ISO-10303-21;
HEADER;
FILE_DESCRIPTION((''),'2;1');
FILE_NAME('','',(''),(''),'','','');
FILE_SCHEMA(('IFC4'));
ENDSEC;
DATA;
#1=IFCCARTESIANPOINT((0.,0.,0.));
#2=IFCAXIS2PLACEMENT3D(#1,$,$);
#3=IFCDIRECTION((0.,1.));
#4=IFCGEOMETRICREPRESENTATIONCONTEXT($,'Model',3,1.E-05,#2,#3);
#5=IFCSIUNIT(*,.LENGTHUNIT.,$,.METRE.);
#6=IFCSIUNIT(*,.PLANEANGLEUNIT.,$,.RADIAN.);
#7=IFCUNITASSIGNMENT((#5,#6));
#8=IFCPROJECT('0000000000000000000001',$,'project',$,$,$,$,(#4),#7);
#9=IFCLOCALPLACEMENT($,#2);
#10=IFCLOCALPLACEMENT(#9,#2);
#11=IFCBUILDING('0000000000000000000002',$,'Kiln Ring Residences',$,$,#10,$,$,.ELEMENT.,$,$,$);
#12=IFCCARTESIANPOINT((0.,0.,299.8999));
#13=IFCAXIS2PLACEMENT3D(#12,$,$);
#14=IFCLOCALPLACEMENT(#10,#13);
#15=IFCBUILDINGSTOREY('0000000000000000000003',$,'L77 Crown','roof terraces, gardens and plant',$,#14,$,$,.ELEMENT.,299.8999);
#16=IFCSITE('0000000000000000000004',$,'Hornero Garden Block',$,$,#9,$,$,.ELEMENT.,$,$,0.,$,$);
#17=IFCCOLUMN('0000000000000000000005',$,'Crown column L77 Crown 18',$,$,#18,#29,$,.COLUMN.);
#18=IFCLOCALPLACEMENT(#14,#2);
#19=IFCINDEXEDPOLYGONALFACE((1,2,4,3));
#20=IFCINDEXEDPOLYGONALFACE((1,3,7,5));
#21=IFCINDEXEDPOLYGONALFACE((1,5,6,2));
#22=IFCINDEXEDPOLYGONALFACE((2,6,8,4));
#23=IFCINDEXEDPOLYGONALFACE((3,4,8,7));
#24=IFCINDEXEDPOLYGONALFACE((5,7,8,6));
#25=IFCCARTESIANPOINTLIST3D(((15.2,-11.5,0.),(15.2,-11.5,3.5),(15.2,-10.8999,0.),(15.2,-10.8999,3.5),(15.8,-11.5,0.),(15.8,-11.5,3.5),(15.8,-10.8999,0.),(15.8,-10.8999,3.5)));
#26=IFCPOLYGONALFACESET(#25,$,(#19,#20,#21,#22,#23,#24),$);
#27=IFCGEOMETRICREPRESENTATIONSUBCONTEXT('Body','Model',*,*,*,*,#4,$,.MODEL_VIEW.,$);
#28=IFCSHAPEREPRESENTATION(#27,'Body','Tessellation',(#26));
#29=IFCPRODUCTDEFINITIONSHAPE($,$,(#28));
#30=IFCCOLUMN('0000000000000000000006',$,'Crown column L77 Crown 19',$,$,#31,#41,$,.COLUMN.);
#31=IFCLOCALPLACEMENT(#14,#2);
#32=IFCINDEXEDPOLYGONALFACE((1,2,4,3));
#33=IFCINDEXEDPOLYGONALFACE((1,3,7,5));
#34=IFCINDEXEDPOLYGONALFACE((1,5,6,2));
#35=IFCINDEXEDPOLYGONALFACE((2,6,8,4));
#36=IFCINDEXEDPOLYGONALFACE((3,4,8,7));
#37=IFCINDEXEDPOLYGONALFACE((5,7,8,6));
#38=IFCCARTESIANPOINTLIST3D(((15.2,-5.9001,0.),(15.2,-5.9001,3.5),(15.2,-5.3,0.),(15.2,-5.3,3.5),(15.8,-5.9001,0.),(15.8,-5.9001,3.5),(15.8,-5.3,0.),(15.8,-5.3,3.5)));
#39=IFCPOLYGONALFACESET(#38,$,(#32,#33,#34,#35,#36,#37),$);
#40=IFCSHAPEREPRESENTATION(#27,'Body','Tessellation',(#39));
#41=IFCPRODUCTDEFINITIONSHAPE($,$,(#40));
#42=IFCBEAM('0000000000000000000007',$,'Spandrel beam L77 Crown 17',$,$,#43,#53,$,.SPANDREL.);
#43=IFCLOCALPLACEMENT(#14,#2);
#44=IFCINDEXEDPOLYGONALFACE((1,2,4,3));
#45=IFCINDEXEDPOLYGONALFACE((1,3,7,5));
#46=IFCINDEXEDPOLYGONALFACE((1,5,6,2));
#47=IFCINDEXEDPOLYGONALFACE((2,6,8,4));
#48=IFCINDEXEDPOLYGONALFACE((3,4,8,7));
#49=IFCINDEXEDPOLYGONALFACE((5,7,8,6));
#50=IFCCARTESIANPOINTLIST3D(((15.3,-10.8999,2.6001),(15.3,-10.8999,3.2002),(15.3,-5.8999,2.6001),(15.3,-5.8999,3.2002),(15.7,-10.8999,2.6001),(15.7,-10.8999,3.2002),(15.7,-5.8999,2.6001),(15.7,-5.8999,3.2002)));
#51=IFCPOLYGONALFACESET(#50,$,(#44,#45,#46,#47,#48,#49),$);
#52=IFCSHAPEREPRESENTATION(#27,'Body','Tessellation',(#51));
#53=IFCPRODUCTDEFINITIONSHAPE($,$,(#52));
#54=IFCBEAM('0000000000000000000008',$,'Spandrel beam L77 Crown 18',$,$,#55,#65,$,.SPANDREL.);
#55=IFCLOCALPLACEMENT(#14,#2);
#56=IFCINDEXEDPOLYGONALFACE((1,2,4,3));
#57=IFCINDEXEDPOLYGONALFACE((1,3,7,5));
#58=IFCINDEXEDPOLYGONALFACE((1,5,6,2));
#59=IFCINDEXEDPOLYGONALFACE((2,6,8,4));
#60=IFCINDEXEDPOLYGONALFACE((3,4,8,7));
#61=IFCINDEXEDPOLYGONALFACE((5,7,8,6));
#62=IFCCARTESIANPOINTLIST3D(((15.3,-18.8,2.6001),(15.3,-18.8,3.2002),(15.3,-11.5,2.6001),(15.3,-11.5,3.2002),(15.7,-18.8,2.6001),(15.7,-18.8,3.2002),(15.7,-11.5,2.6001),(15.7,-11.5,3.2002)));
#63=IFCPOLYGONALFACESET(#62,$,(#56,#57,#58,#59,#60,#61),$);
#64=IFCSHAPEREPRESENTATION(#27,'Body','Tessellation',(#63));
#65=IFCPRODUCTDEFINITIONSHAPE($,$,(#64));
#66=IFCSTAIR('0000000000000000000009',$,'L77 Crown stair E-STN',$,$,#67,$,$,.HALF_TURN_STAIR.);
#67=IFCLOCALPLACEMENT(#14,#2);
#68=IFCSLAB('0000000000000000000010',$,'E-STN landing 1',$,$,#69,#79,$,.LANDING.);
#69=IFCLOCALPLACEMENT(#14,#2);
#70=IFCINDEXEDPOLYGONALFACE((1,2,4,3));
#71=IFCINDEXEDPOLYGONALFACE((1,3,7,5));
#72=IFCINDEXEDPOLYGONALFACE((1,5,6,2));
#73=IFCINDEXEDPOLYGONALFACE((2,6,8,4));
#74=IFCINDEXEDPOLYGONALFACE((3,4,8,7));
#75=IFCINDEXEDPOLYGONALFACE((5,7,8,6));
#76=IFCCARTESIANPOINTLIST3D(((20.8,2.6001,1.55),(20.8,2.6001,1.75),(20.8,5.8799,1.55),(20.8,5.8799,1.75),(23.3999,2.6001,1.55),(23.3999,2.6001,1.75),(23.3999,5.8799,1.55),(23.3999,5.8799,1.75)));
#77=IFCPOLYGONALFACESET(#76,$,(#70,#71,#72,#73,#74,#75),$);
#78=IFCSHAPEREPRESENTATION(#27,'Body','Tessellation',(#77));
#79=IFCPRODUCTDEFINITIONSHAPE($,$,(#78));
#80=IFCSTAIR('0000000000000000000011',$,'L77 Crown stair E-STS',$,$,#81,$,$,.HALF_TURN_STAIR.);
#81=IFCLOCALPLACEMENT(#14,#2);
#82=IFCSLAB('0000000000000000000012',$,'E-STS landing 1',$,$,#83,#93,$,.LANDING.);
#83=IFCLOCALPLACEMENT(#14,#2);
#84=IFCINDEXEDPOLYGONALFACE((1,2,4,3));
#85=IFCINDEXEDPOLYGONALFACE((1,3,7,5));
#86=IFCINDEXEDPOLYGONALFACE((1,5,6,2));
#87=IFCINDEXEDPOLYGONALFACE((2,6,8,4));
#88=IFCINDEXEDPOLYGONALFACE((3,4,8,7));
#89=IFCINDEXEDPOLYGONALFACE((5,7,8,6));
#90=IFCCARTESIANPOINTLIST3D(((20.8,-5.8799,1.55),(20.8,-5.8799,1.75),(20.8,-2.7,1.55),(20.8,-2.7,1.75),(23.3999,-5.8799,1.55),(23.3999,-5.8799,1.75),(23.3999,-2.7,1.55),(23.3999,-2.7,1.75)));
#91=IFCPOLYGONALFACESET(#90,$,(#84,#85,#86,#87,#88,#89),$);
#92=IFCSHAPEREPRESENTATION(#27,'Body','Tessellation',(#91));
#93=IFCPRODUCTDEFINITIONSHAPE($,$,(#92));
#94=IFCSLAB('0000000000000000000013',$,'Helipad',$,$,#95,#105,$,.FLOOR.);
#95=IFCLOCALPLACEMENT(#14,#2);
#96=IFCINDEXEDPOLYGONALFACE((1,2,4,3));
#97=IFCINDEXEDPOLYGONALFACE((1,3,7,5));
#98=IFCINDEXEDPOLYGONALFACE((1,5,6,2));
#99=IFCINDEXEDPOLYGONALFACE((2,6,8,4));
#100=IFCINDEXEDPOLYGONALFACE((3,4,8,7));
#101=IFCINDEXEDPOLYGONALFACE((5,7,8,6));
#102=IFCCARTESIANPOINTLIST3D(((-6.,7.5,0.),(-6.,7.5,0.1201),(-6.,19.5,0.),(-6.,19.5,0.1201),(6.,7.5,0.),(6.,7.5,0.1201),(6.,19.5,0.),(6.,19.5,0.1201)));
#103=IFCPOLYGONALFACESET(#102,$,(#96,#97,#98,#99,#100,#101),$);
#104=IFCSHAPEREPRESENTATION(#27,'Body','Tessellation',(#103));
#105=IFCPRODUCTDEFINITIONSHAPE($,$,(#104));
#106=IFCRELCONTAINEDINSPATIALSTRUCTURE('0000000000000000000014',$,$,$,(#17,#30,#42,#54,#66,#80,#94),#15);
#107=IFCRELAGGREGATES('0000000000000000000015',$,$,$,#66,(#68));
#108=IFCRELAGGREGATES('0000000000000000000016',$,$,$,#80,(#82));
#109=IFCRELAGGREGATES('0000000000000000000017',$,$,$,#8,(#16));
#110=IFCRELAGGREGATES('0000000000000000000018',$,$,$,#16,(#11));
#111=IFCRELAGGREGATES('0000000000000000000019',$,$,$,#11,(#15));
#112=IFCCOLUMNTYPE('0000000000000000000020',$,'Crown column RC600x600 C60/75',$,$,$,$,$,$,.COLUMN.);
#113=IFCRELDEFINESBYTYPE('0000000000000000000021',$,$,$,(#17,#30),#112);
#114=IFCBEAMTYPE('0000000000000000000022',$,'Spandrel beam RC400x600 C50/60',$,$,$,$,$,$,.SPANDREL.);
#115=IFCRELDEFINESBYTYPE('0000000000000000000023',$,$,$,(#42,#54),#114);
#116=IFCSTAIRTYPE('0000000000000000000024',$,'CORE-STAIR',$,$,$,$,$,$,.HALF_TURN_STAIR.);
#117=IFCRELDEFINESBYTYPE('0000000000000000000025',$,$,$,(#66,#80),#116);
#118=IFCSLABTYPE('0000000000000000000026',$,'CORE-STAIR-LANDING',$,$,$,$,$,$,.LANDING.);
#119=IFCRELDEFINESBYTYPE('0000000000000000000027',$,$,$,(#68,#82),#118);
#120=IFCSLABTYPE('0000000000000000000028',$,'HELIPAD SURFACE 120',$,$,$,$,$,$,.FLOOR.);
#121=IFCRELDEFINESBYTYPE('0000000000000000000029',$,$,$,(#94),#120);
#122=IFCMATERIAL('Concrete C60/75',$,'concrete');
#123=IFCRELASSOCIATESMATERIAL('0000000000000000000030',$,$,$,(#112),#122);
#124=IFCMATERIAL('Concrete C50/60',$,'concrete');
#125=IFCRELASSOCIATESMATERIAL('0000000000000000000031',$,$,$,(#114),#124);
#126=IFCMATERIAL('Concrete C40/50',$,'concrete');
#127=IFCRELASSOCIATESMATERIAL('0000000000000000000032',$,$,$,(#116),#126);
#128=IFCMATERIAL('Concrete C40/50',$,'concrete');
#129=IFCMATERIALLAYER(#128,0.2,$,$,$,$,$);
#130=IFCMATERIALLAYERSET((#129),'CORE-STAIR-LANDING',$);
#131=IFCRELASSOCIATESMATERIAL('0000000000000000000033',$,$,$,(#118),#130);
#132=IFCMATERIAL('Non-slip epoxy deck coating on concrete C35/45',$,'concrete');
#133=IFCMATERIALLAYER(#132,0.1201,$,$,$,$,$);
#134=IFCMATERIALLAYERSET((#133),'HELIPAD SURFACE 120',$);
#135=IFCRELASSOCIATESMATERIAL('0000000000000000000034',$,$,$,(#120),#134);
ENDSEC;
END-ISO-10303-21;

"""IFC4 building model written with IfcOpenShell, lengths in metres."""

from ifc_helpers import new_model, si_unit, direction, frame, origin, origin_2d, place, context, subcontext, project, spatial, polyline, rectangle, outline, extrude, material, layer, layer_set, material_profile, profile_set, type_object, element, aggregate, save


model = new_model("IFC4")

# Units and contexts
model_context = context("Model", 3, precision=1e-05, world=origin(), true_north=direction((0.0, 1.0)))
body_context = subcontext(model_context, "Body", "Model", "MODEL_VIEW")
ifc_project = project(units=[si_unit("LENGTHUNIT", "METRE"), si_unit("PLANEANGLEUNIT", "RADIAN")], contexts=[model_context])

# Site, building, storey
site_placement = place(None, origin())
site = spatial("IfcSite", under=ifc_project, at=site_placement, Name="Hornero Garden Block", CompositionType="ELEMENT", RefElevation=0.0)
building_placement = place(site_placement, origin())
building = spatial("IfcBuilding", under=site, at=building_placement, Name="Kiln Ring Residences", CompositionType="ELEMENT")
storey_placement = place(building_placement, frame((0.0, 0.0, 299.8999)))
storey = spatial("IfcBuildingStorey", under=building, at=storey_placement, Name="L77 Crown", Description="roof terraces, gardens and plant", CompositionType="ELEMENT", Elevation=299.8999)

# Columns
ifc_material_1 = material(Name="Concrete C60/75", Category="concrete")
ifc_material_profile_1 = material_profile(ifc_material_1, rectangle(XDim=0.6001, YDim=0.6001, at=origin_2d()), Name="RC600x600")
ifc_profile_set_1 = profile_set([ifc_material_profile_1], Name="Concrete C60/75")
column_type = type_object("IfcColumnType", Name="Crown column RC600x600 C60/75", PredefinedType="COLUMN", material=ifc_profile_set_1)
for number, where, z_axis, x_axis, name in (
    (1, (15.5, -11.2, 0.0), (0.0, 0.0, 1.0), (1.0, 0.0, 0.0), "Crown column L77 Crown 18"),
    (2, (15.5, -5.6001, 0.0), (0.0, 0.0, 1.0), (1.0, 0.0, 0.0), "Crown column L77 Crown 19"),
):
    element("IfcColumn", number, at=place(storey_placement, frame(where, z_axis=z_axis, x_axis=x_axis)), inside=storey, type_object=column_type, Name=name, PredefinedType="COLUMN", context=body_context, shape_type="SweptSolid", body=[
        extrude(rectangle(XDim=0.6001, YDim=0.6001, at=origin_2d()), origin(), (0.0, 0.0, 1.0), 3.5),
    ])

# Beams
ifc_material_2 = material(Name="Concrete C50/60", Category="concrete")
ifc_material_profile_2 = material_profile(ifc_material_2, rectangle(XDim=0.3999, YDim=0.6001, at=origin_2d()), Name="RC400x600")
ifc_profile_set_2 = profile_set([ifc_material_profile_2], Name="Concrete C50/60")
beam_type = type_object("IfcBeamType", Name="Spandrel beam RC400x600 C50/60", PredefinedType="SPANDREL", material=ifc_profile_set_2)
beam_1_placement = place(storey_placement, frame((15.5, -5.8999, 2.9001), z_axis=(0.0, -1.0, 0.0), x_axis=(1.0, 0.0, 0.0)))
element("IfcBeam", 3, at=beam_1_placement, inside=storey, type_object=beam_type, Name="Spandrel beam L77 Crown 17", PredefinedType="SPANDREL", context=body_context, shape_type="SweptSolid", body=[
    extrude(rectangle(XDim=0.3999, YDim=0.6001, at=origin_2d()), origin(), (0.0, 0.0, 1.0), 5.0),
])
beam_2_placement = place(storey_placement, frame((15.5, -11.5, 2.9001), z_axis=(0.0, -1.0, 0.0), x_axis=(1.0, 0.0, 0.0)))
element("IfcBeam", 4, at=beam_2_placement, inside=storey, type_object=beam_type, Name="Spandrel beam L77 Crown 18", PredefinedType="SPANDREL", context=body_context, shape_type="SweptSolid", body=[
    extrude(rectangle(XDim=0.3999, YDim=0.6001, at=origin_2d()), origin(), (0.0, 0.0, 1.0), 7.3),
])

# Stairs, slabs
ifc_material_3 = material(Name="Concrete C40/50", Category="concrete")
stair_type = type_object("IfcStairType", Name="CORE-STAIR", PredefinedType="HALF_TURN_STAIR", material=ifc_material_3)
placement_1 = place(storey_placement, origin())
stair_1 = element("IfcStair", 5, at=placement_1, inside=storey, type_object=stair_type, Name="L77 Crown stair E-STN", PredefinedType="HALF_TURN_STAIR")
ifc_material_4 = material(Name="Concrete C40/50", Category="concrete")
ifc_layer_1 = layer(ifc_material_4, 0.2)
ifc_layer_set_1 = layer_set([ifc_layer_1], Name="CORE-STAIR-LANDING")
slab_type_1 = type_object("IfcSlabType", Name="CORE-STAIR-LANDING", PredefinedType="LANDING", material=ifc_layer_set_1)
placement_2 = place(storey_placement, frame((0.0, 0.0, 1.55)))
slab_1 = element("IfcSlab", 6, at=placement_2, type_object=slab_type_1, Name="E-STN landing 1", PredefinedType="LANDING", context=body_context, shape_type="SweptSolid", body=[
    extrude(outline(polyline([(20.8, 5.8799), (20.8, 2.6001), (23.3999, 2.6001), (23.3999, 5.8799), (20.8, 5.8799)])), origin(), (0.0, 0.0, 1.0), 0.2),
])
aggregate(stair_1, [slab_1])
stair_2 = element("IfcStair", 7, at=placement_1, inside=storey, type_object=stair_type, Name="L77 Crown stair E-STS", PredefinedType="HALF_TURN_STAIR")
slab_2 = element("IfcSlab", 8, at=placement_2, type_object=slab_type_1, Name="E-STS landing 1", PredefinedType="LANDING", context=body_context, shape_type="SweptSolid", body=[
    extrude(outline(polyline([(23.3999, -5.8799), (23.3999, -2.7), (20.8, -2.7), (20.8, -5.8799), (23.3999, -5.8799)])), origin(), (0.0, 0.0, 1.0), 0.2),
])
aggregate(stair_2, [slab_2])

# Slab
ifc_material_5 = material(Name="Non-slip epoxy deck coating on concrete C35/45", Category="concrete")
ifc_layer_2 = layer(ifc_material_5, 0.1201)
ifc_layer_set_2 = layer_set([ifc_layer_2], Name="HELIPAD SURFACE 120")
slab_type_2 = type_object("IfcSlabType", Name="HELIPAD SURFACE 120", PredefinedType="FLOOR", material=ifc_layer_set_2)
element("IfcSlab", 9, at=placement_1, inside=storey, type_object=slab_type_2, Name="Helipad", PredefinedType="FLOOR", context=body_context, shape_type="SweptSolid", body=[
    extrude(outline(polyline([(-6.0, 7.5), (6.0, 7.5), (6.0, 19.5), (-6.0, 19.5), (-6.0, 7.5)])), origin(), (0.0, 0.0, 1.0), 0.1201),
])

save(model, "model.ifc")
